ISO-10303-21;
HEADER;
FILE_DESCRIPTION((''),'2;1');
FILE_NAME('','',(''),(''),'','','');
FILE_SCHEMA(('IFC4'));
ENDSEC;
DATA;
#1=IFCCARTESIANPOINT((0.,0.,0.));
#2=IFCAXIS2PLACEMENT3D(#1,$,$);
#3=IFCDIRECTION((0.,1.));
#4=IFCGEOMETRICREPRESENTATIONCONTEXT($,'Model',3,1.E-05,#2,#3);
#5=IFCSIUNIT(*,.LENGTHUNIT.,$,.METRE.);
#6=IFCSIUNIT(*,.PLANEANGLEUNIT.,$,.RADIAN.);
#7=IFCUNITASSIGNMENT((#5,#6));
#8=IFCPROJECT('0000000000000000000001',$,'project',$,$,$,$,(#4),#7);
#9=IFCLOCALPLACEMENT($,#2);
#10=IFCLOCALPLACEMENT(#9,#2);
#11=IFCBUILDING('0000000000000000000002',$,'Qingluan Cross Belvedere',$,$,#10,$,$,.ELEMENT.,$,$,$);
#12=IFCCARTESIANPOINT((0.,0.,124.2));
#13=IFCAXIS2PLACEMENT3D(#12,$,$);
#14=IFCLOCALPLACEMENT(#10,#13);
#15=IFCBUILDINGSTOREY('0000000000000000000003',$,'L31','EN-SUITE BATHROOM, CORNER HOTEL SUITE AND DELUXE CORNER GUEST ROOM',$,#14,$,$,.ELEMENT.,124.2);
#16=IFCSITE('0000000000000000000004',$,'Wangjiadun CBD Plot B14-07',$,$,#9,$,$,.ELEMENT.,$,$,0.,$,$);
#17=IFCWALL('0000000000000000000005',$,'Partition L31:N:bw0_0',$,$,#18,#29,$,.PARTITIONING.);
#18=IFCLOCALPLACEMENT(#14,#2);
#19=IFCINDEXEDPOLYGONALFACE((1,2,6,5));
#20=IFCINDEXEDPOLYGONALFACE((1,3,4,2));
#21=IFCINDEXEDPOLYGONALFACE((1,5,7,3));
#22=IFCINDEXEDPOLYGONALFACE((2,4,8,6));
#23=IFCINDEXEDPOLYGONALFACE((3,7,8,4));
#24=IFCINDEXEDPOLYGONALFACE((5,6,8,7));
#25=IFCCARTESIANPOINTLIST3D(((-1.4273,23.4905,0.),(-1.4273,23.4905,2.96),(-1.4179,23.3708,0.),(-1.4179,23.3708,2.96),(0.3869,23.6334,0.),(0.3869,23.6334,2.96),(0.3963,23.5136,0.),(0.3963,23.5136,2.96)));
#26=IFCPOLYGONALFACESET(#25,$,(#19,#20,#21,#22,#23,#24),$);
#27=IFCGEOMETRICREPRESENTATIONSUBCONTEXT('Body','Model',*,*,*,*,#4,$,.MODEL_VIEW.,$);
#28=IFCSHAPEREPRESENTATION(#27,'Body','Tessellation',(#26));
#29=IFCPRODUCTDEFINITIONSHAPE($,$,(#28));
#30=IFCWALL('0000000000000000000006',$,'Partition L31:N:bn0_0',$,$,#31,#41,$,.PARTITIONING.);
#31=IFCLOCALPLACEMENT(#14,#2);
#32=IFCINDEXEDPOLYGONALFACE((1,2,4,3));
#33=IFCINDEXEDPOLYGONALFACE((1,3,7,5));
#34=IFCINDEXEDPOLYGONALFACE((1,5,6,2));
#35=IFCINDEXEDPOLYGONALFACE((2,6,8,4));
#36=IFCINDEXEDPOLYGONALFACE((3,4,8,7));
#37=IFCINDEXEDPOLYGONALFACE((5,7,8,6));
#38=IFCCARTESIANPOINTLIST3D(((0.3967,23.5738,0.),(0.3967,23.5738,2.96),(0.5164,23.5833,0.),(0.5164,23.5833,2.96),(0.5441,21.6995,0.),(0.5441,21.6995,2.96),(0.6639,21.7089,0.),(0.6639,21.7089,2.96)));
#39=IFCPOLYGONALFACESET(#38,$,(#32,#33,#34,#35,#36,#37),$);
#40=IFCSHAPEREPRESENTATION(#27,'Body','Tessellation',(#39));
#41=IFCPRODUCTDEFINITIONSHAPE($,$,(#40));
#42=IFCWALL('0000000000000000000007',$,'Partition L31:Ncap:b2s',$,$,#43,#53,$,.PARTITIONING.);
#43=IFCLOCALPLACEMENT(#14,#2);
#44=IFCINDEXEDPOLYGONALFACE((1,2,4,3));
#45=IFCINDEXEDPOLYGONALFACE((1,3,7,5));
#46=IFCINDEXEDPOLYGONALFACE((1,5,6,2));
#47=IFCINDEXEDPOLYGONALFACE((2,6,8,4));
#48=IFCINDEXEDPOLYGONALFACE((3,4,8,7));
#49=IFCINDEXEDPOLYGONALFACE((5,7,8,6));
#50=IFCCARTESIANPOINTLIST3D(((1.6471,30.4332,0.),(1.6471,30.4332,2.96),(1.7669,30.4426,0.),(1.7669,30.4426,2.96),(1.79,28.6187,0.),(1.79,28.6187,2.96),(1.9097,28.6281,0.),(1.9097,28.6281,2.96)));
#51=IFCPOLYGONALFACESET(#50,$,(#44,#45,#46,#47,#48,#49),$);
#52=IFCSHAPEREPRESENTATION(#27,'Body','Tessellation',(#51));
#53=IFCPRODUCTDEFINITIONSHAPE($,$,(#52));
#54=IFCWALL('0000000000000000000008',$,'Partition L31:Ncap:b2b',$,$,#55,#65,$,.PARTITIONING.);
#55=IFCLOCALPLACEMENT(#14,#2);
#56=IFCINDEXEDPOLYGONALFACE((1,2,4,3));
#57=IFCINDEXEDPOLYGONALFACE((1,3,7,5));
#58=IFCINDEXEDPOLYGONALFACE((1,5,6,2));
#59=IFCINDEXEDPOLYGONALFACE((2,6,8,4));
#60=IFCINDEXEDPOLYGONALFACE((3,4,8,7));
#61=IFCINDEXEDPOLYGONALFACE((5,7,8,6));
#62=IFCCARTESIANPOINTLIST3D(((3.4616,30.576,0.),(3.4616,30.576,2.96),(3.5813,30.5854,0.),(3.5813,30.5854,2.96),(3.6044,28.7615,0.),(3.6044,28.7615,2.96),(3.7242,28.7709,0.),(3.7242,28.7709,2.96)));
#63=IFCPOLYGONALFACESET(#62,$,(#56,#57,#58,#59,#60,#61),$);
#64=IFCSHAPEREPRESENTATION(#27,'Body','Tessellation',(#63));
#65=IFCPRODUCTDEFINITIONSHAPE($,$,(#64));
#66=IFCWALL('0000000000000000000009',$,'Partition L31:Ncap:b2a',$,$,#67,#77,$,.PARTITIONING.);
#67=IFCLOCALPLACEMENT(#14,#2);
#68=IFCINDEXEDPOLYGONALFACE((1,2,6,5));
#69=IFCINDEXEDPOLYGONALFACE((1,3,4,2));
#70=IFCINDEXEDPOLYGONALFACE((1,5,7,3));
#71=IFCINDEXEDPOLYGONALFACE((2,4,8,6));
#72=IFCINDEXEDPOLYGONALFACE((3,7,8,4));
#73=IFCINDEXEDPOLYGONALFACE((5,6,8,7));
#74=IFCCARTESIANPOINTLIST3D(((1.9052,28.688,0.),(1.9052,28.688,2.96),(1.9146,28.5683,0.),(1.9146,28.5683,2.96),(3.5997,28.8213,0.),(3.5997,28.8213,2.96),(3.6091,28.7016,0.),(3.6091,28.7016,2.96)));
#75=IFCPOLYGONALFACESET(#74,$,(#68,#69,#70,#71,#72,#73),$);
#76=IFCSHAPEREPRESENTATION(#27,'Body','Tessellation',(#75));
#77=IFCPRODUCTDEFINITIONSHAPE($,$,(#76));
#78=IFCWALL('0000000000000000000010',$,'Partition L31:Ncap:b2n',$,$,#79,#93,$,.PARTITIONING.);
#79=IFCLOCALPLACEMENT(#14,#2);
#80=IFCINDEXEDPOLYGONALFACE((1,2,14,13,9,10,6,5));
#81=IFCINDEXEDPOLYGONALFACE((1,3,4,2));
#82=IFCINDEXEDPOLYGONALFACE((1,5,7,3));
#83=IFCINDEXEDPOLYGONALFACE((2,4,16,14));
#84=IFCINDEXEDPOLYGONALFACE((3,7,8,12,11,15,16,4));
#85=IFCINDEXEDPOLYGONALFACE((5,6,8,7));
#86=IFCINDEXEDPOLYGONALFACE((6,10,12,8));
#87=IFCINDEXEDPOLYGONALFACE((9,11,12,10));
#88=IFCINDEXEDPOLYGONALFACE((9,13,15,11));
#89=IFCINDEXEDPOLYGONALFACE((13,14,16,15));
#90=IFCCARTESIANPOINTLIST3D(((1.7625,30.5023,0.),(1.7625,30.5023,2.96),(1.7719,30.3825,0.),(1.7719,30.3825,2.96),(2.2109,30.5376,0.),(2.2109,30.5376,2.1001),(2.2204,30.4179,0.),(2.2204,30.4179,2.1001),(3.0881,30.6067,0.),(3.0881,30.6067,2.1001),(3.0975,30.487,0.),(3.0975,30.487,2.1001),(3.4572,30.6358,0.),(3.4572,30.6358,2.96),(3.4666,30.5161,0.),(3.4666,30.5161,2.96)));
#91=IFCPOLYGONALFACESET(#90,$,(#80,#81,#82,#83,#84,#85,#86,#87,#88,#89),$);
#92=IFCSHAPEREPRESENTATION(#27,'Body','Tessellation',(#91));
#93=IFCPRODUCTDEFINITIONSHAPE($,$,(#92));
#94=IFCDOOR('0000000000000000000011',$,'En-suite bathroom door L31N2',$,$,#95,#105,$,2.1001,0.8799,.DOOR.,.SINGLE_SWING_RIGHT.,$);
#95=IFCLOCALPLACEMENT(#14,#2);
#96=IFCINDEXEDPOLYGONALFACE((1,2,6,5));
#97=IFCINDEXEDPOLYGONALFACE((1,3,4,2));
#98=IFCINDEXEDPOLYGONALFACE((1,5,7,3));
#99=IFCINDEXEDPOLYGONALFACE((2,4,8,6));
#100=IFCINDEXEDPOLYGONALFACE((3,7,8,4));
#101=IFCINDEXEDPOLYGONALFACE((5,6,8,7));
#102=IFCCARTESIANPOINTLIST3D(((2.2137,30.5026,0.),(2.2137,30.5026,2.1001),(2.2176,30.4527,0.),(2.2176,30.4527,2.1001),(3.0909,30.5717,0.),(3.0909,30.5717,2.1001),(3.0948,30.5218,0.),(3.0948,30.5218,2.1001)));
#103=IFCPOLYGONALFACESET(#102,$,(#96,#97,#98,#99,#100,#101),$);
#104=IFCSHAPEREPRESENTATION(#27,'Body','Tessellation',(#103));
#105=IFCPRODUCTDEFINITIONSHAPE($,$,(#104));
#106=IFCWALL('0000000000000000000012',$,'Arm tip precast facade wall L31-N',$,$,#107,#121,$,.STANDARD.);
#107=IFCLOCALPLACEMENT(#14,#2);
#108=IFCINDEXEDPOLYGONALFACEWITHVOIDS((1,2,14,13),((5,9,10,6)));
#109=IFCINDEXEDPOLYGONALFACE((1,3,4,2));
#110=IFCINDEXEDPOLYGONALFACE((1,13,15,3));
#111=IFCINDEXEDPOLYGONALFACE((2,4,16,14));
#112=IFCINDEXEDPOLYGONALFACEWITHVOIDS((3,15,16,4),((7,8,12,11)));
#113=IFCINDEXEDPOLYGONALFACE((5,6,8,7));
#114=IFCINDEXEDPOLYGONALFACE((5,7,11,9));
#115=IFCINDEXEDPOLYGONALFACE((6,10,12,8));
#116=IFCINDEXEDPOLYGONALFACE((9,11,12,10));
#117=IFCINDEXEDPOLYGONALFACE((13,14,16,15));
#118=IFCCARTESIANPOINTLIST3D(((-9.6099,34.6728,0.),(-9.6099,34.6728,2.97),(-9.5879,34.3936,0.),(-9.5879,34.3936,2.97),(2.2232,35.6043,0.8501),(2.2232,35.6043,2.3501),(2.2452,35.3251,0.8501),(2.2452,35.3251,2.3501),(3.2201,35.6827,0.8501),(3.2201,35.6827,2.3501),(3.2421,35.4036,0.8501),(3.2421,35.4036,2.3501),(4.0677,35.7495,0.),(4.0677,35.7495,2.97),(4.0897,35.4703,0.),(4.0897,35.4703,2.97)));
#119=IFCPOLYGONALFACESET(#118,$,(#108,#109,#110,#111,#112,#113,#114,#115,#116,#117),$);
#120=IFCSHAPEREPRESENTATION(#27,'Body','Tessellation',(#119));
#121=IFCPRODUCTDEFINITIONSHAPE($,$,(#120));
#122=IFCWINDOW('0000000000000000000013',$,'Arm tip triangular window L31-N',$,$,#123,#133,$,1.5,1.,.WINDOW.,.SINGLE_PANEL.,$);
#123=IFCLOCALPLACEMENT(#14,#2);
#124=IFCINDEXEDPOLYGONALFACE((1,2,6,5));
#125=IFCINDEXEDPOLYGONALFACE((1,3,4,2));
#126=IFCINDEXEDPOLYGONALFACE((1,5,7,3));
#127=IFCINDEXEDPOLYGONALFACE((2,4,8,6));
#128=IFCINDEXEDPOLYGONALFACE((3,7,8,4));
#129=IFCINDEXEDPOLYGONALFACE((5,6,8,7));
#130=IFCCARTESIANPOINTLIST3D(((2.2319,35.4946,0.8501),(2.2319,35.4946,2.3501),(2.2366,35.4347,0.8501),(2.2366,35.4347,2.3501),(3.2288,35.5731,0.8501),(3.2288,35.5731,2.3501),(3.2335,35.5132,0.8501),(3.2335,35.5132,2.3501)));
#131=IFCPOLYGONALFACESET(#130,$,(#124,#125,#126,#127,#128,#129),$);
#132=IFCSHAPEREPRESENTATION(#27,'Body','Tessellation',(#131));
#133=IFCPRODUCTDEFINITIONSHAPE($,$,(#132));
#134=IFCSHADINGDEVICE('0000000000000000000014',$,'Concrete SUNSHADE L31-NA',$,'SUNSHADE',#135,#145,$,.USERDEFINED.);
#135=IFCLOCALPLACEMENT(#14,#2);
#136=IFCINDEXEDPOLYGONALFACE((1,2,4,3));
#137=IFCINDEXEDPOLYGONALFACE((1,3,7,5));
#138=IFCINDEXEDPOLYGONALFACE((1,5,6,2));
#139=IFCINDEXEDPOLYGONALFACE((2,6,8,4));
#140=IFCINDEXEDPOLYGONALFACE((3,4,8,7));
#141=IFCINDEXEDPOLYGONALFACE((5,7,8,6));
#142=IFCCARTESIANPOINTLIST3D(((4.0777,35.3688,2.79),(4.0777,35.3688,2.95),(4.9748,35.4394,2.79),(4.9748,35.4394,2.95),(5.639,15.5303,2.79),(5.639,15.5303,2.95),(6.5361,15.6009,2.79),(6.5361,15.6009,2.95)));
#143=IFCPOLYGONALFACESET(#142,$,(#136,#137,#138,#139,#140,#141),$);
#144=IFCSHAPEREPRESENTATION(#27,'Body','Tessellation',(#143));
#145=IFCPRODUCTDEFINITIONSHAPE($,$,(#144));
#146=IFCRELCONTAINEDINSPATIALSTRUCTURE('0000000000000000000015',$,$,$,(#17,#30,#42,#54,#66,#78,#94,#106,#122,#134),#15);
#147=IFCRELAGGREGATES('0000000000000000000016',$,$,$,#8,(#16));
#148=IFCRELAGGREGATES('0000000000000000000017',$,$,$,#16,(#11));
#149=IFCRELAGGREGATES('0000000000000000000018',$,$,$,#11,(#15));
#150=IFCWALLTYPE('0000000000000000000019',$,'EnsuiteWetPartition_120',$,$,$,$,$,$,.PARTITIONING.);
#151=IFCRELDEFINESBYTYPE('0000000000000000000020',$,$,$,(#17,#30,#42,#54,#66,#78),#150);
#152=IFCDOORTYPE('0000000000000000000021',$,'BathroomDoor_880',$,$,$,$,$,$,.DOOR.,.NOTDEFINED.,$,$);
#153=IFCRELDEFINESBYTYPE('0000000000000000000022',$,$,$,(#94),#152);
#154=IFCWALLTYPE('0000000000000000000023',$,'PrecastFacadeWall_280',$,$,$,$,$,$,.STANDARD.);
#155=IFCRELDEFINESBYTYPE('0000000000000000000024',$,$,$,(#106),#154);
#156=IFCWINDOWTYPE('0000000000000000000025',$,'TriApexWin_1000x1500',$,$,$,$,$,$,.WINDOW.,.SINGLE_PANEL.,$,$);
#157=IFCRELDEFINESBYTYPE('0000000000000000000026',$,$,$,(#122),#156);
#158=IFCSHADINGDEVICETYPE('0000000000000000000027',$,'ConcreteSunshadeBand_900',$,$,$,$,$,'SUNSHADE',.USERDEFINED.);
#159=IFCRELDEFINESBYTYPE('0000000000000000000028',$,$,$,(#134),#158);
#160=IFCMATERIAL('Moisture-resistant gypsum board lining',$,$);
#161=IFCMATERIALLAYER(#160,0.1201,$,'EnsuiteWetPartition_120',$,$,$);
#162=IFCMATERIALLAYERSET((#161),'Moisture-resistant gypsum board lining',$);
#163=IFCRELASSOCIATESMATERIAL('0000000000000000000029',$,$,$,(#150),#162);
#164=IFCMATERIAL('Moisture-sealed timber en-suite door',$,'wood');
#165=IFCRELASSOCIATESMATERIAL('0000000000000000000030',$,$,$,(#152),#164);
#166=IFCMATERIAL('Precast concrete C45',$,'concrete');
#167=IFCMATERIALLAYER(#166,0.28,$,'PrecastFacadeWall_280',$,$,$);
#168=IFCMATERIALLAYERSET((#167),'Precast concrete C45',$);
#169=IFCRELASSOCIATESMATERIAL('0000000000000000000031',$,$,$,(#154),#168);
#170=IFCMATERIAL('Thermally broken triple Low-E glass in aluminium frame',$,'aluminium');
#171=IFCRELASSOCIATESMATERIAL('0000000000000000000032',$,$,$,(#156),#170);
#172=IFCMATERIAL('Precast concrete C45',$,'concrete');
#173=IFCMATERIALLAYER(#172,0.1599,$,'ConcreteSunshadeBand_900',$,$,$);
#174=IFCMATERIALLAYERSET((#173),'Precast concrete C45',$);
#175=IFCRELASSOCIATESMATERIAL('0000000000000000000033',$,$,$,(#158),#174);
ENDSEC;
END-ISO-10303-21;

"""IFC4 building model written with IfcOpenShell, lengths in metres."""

from ifc_helpers import new_model, si_unit, direction, frame, frame_2d, origin, origin_2d, place, context, subcontext, project, spatial, rectangle, extrude, material, layer, layer_set, type_object, element, fill, save


model = new_model("IFC4")

# Units and contexts
model_context = context("Model", 3, precision=1e-05, world=origin(), true_north=direction((0.0, 1.0)))
body_context = subcontext(model_context, "Body", "Model", "MODEL_VIEW")
ifc_project = project(units=[si_unit("LENGTHUNIT", "METRE"), si_unit("PLANEANGLEUNIT", "RADIAN")], contexts=[model_context])

# Site, building, storey
site_placement = place(None, origin())
site = spatial("IfcSite", under=ifc_project, at=site_placement, Name="Wangjiadun CBD Plot B14-07", CompositionType="ELEMENT", RefElevation=0.0)
building_placement = place(site_placement, origin())
building = spatial("IfcBuilding", under=site, at=building_placement, Name="Qingluan Cross Belvedere", CompositionType="ELEMENT")
storey_placement = place(building_placement, frame((0.0, 0.0, 124.2)))
storey = spatial("IfcBuildingStorey", under=building, at=storey_placement, Name="L31", Description="EN-SUITE BATHROOM, CORNER HOTEL SUITE AND DELUXE CORNER GUEST ROOM", CompositionType="ELEMENT", Elevation=124.2)

# Shared definitions
ifc_material_1 = material(Name="Moisture-resistant gypsum board lining")
ifc_layer_1 = layer(ifc_material_1, 0.1201, Name="EnsuiteWetPartition_120")
ifc_layer_set_1 = layer_set([ifc_layer_1], Name="Moisture-resistant gypsum board lining")
wall_type_1 = type_object("IfcWallType", Name="EnsuiteWetPartition_120", PredefinedType="PARTITIONING", material=ifc_layer_set_1)
ifc_material_2 = material(Name="Moisture-sealed timber en-suite door", Category="wood")
door_type = type_object("IfcDoorType", Name="BathroomDoor_880", OperationType="NOTDEFINED", PredefinedType="DOOR", material=ifc_material_2)

# Walls
wall_1_placement = place(storey_placement, frame((-1.4226, 23.4307, 0.0), z_axis=(0.0, 0.0, 1.0), x_axis=(0.996916, 0.078481, 0.0)))
element("IfcWall", 1, at=wall_1_placement, inside=storey, type_object=wall_type_1, Name="Partition L31:N:bw0_0", PredefinedType="PARTITIONING", context=body_context, shape_type="SweptSolid", body=[
    extrude(rectangle(XDim=1.8198, YDim=0.1201, at=frame_2d((0.9099, 0.0))), origin(), (0.0, 0.0, 1.0), 2.96),
])
wall_2_placement = place(storey_placement, frame((0.604, 21.7043, 0.0), z_axis=(0.0, 0.0, 1.0), x_axis=(-0.078434, 0.996919, 0.0)))
element("IfcWall", 2, at=wall_2_placement, inside=storey, type_object=wall_type_1, Name="Partition L31:N:bn0_0", PredefinedType="PARTITIONING", context=body_context, shape_type="SweptSolid", body=[
    extrude(rectangle(XDim=1.8801, YDim=0.1201, at=frame_2d((0.9399, 0.0))), origin(), (0.0, 0.0, 1.0), 2.96),
])
for number, where, z_axis, x_axis, name in (
    (3, (1.8499, 28.6233, 0.0), (0.0, 0.0, 1.0), (-0.078471, 0.996916, 0.0), "Partition L31:Ncap:b2s"),
    (4, (3.6643, 28.7661, 0.0), (0.0, 0.0, 1.0), (-0.078471, 0.996916, 0.0), "Partition L31:Ncap:b2b"),
):
    element("IfcWall", number, at=place(storey_placement, frame(where, z_axis=z_axis, x_axis=x_axis)), inside=storey, type_object=wall_type_1, Name=name, PredefinedType="PARTITIONING", context=body_context, shape_type="SweptSolid", body=[
        extrude(rectangle(XDim=1.8201, YDim=0.1201, at=frame_2d((0.9102, 0.0))), origin(), (0.0, 0.0, 1.0), 2.96),
    ])
wall_3_placement = place(storey_placement, frame((1.9099, 28.6282, 0.0), z_axis=(0.0, 0.0, 1.0), x_axis=(0.99692, 0.078421, 0.0)))
element("IfcWall", 5, at=wall_3_placement, inside=storey, type_object=wall_type_1, Name="Partition L31:Ncap:b2a", PredefinedType="PARTITIONING", context=body_context, shape_type="SweptSolid", body=[
    extrude(rectangle(XDim=1.6997, YDim=0.1201, at=frame_2d((0.8499, 0.0))), origin(), (0.0, 0.0, 1.0), 2.96),
])

# Wall, opening, door
wall_4_placement = place(storey_placement, frame((1.7671, 30.4424, 0.0), z_axis=(0.0, 0.0, 1.0), x_axis=(0.996909, 0.078564, 0.0)))
wall_4 = element("IfcWall", 6, at=wall_4_placement, inside=storey, type_object=wall_type_1, Name="Partition L31:Ncap:b2n", PredefinedType="PARTITIONING", context=body_context, shape_type="SweptSolid", body=[
    extrude(rectangle(XDim=1.7, YDim=0.1201, at=frame_2d((0.8501, 0.0))), origin(), (0.0, 0.0, 1.0), 2.96),
])
opening_1_placement = place(wall_4_placement, frame((0.45, 0.0, 0.0)))
opening_1 = element("IfcOpeningElement", 7, at=opening_1_placement, cuts=wall_4, PredefinedType="OPENING", context=body_context, shape_type="SweptSolid", body=[
    extrude(rectangle(XDim=0.8799, YDim=2.1001, at=frame_2d((0.4399, 1.05))), frame((0.0, 0.0701, 0.0), z_axis=(0.0, -1.0, 0.0), x_axis=(1.0, 0.0, 0.0)), (0.0, 0.0, 1.0), 0.1401),
])
door_1_placement = place(opening_1_placement, origin())
door_1 = element("IfcDoor", 8, at=door_1_placement, inside=storey, type_object=door_type, Name="En-suite bathroom door L31N2", OperationType="SINGLE_SWING_RIGHT", OverallHeight=2.1001, OverallWidth=0.8799, PredefinedType="DOOR", context=body_context, shape_type="SweptSolid", body=[
    extrude(rectangle(XDim=0.8799, YDim=2.1001, at=frame_2d((0.4399, 1.05))), frame((0.0, 0.0249, 0.0), z_axis=(0.0, -1.0, 0.0), x_axis=(1.0, 0.0, 0.0)), (0.0, 0.0, 1.0), 0.05),
])
fill(opening_1, door_1)

# Wall, opening, window
ifc_material_3 = material(Name="Precast concrete C45", Category="concrete")
ifc_layer_2 = layer(ifc_material_3, 0.28, Name="PrecastFacadeWall_280")
ifc_layer_set_2 = layer_set([ifc_layer_2], Name="Precast concrete C45")
wall_type_2 = type_object("IfcWallType", Name="PrecastFacadeWall_280", PredefinedType="STANDARD", material=ifc_layer_set_2)
wall_5_placement = place(storey_placement, frame((4.0786, 35.6099, 0.0), z_axis=(0.0, 0.0, 1.0), x_axis=(-0.996916, -0.078474, 0.0)))
wall_5 = element("IfcWall", 9, at=wall_5_placement, inside=storey, type_object=wall_type_2, Name="Arm tip precast facade wall L31-N", PredefinedType="STANDARD", context=body_context, shape_type="SweptSolid", body=[
    extrude(rectangle(XDim=13.72, YDim=0.28, at=frame_2d((6.8599, 0.0))), origin(), (0.0, 0.0, 1.0), 2.97),
])
opening_2_placement = place(wall_5_placement, frame((0.8501, 0.0, 0.8501)))
opening_2 = element("IfcOpeningElement", 10, at=opening_2_placement, cuts=wall_5, PredefinedType="OPENING", context=body_context, shape_type="SweptSolid", body=[
    extrude(rectangle(XDim=1.0, YDim=1.5, at=frame_2d((0.5, 0.75))), frame((0.0, 0.1499, 0.0), z_axis=(0.0, -1.0, 0.0), x_axis=(1.0, 0.0, 0.0)), (0.0, 0.0, 1.0), 0.3),
])
ifc_material_4 = material(Name="Thermally broken triple Low-E glass in aluminium frame", Category="aluminium")
window_type = type_object("IfcWindowType", Name="TriApexWin_1000x1500", PartitioningType="SINGLE_PANEL", PredefinedType="WINDOW", material=ifc_material_4)
window_placement = place(opening_2_placement, origin())
window = element("IfcWindow", 11, at=window_placement, inside=storey, type_object=window_type, Name="Arm tip triangular window L31-N", OverallHeight=1.5, OverallWidth=1.0, PartitioningType="SINGLE_PANEL", PredefinedType="WINDOW", context=body_context, shape_type="SweptSolid", body=[
    extrude(rectangle(XDim=1.0, YDim=1.5, at=frame_2d((0.5, 0.75))), frame((0.0, 0.03, 0.0), z_axis=(0.0, -1.0, 0.0), x_axis=(1.0, 0.0, 0.0)), (0.0, 0.0, 1.0), 0.0601),
])
fill(opening_2, window)

# Shading device
ifc_material_5 = material(Name="Precast concrete C45", Category="concrete")
ifc_layer_3 = layer(ifc_material_5, 0.1599, Name="ConcreteSunshadeBand_900")
ifc_layer_set_3 = layer_set([ifc_layer_3], Name="Precast concrete C45")
shading_device_type = type_object("IfcShadingDeviceType", Name="ConcreteSunshadeBand_900", ElementType="SUNSHADE", PredefinedType="USERDEFINED", material=ifc_layer_set_3)
shading_device_placement = place(storey_placement, frame((5.3069, 25.4849, 2.79), z_axis=(0.0, 0.0, 1.0), x_axis=(-0.078458, 0.996917, 0.0)))
element("IfcShadingDevice", 12, at=shading_device_placement, inside=storey, type_object=shading_device_type, Name="Concrete SUNSHADE L31-NA", ObjectType="SUNSHADE", PredefinedType="USERDEFINED", context=body_context, shape_type="SweptSolid", body=[
    extrude(rectangle(XDim=19.8999, YDim=0.8999, at=origin_2d()), origin(), (0.0, 0.0, 1.0), 0.1599),
])

save(model, "model.ifc")
